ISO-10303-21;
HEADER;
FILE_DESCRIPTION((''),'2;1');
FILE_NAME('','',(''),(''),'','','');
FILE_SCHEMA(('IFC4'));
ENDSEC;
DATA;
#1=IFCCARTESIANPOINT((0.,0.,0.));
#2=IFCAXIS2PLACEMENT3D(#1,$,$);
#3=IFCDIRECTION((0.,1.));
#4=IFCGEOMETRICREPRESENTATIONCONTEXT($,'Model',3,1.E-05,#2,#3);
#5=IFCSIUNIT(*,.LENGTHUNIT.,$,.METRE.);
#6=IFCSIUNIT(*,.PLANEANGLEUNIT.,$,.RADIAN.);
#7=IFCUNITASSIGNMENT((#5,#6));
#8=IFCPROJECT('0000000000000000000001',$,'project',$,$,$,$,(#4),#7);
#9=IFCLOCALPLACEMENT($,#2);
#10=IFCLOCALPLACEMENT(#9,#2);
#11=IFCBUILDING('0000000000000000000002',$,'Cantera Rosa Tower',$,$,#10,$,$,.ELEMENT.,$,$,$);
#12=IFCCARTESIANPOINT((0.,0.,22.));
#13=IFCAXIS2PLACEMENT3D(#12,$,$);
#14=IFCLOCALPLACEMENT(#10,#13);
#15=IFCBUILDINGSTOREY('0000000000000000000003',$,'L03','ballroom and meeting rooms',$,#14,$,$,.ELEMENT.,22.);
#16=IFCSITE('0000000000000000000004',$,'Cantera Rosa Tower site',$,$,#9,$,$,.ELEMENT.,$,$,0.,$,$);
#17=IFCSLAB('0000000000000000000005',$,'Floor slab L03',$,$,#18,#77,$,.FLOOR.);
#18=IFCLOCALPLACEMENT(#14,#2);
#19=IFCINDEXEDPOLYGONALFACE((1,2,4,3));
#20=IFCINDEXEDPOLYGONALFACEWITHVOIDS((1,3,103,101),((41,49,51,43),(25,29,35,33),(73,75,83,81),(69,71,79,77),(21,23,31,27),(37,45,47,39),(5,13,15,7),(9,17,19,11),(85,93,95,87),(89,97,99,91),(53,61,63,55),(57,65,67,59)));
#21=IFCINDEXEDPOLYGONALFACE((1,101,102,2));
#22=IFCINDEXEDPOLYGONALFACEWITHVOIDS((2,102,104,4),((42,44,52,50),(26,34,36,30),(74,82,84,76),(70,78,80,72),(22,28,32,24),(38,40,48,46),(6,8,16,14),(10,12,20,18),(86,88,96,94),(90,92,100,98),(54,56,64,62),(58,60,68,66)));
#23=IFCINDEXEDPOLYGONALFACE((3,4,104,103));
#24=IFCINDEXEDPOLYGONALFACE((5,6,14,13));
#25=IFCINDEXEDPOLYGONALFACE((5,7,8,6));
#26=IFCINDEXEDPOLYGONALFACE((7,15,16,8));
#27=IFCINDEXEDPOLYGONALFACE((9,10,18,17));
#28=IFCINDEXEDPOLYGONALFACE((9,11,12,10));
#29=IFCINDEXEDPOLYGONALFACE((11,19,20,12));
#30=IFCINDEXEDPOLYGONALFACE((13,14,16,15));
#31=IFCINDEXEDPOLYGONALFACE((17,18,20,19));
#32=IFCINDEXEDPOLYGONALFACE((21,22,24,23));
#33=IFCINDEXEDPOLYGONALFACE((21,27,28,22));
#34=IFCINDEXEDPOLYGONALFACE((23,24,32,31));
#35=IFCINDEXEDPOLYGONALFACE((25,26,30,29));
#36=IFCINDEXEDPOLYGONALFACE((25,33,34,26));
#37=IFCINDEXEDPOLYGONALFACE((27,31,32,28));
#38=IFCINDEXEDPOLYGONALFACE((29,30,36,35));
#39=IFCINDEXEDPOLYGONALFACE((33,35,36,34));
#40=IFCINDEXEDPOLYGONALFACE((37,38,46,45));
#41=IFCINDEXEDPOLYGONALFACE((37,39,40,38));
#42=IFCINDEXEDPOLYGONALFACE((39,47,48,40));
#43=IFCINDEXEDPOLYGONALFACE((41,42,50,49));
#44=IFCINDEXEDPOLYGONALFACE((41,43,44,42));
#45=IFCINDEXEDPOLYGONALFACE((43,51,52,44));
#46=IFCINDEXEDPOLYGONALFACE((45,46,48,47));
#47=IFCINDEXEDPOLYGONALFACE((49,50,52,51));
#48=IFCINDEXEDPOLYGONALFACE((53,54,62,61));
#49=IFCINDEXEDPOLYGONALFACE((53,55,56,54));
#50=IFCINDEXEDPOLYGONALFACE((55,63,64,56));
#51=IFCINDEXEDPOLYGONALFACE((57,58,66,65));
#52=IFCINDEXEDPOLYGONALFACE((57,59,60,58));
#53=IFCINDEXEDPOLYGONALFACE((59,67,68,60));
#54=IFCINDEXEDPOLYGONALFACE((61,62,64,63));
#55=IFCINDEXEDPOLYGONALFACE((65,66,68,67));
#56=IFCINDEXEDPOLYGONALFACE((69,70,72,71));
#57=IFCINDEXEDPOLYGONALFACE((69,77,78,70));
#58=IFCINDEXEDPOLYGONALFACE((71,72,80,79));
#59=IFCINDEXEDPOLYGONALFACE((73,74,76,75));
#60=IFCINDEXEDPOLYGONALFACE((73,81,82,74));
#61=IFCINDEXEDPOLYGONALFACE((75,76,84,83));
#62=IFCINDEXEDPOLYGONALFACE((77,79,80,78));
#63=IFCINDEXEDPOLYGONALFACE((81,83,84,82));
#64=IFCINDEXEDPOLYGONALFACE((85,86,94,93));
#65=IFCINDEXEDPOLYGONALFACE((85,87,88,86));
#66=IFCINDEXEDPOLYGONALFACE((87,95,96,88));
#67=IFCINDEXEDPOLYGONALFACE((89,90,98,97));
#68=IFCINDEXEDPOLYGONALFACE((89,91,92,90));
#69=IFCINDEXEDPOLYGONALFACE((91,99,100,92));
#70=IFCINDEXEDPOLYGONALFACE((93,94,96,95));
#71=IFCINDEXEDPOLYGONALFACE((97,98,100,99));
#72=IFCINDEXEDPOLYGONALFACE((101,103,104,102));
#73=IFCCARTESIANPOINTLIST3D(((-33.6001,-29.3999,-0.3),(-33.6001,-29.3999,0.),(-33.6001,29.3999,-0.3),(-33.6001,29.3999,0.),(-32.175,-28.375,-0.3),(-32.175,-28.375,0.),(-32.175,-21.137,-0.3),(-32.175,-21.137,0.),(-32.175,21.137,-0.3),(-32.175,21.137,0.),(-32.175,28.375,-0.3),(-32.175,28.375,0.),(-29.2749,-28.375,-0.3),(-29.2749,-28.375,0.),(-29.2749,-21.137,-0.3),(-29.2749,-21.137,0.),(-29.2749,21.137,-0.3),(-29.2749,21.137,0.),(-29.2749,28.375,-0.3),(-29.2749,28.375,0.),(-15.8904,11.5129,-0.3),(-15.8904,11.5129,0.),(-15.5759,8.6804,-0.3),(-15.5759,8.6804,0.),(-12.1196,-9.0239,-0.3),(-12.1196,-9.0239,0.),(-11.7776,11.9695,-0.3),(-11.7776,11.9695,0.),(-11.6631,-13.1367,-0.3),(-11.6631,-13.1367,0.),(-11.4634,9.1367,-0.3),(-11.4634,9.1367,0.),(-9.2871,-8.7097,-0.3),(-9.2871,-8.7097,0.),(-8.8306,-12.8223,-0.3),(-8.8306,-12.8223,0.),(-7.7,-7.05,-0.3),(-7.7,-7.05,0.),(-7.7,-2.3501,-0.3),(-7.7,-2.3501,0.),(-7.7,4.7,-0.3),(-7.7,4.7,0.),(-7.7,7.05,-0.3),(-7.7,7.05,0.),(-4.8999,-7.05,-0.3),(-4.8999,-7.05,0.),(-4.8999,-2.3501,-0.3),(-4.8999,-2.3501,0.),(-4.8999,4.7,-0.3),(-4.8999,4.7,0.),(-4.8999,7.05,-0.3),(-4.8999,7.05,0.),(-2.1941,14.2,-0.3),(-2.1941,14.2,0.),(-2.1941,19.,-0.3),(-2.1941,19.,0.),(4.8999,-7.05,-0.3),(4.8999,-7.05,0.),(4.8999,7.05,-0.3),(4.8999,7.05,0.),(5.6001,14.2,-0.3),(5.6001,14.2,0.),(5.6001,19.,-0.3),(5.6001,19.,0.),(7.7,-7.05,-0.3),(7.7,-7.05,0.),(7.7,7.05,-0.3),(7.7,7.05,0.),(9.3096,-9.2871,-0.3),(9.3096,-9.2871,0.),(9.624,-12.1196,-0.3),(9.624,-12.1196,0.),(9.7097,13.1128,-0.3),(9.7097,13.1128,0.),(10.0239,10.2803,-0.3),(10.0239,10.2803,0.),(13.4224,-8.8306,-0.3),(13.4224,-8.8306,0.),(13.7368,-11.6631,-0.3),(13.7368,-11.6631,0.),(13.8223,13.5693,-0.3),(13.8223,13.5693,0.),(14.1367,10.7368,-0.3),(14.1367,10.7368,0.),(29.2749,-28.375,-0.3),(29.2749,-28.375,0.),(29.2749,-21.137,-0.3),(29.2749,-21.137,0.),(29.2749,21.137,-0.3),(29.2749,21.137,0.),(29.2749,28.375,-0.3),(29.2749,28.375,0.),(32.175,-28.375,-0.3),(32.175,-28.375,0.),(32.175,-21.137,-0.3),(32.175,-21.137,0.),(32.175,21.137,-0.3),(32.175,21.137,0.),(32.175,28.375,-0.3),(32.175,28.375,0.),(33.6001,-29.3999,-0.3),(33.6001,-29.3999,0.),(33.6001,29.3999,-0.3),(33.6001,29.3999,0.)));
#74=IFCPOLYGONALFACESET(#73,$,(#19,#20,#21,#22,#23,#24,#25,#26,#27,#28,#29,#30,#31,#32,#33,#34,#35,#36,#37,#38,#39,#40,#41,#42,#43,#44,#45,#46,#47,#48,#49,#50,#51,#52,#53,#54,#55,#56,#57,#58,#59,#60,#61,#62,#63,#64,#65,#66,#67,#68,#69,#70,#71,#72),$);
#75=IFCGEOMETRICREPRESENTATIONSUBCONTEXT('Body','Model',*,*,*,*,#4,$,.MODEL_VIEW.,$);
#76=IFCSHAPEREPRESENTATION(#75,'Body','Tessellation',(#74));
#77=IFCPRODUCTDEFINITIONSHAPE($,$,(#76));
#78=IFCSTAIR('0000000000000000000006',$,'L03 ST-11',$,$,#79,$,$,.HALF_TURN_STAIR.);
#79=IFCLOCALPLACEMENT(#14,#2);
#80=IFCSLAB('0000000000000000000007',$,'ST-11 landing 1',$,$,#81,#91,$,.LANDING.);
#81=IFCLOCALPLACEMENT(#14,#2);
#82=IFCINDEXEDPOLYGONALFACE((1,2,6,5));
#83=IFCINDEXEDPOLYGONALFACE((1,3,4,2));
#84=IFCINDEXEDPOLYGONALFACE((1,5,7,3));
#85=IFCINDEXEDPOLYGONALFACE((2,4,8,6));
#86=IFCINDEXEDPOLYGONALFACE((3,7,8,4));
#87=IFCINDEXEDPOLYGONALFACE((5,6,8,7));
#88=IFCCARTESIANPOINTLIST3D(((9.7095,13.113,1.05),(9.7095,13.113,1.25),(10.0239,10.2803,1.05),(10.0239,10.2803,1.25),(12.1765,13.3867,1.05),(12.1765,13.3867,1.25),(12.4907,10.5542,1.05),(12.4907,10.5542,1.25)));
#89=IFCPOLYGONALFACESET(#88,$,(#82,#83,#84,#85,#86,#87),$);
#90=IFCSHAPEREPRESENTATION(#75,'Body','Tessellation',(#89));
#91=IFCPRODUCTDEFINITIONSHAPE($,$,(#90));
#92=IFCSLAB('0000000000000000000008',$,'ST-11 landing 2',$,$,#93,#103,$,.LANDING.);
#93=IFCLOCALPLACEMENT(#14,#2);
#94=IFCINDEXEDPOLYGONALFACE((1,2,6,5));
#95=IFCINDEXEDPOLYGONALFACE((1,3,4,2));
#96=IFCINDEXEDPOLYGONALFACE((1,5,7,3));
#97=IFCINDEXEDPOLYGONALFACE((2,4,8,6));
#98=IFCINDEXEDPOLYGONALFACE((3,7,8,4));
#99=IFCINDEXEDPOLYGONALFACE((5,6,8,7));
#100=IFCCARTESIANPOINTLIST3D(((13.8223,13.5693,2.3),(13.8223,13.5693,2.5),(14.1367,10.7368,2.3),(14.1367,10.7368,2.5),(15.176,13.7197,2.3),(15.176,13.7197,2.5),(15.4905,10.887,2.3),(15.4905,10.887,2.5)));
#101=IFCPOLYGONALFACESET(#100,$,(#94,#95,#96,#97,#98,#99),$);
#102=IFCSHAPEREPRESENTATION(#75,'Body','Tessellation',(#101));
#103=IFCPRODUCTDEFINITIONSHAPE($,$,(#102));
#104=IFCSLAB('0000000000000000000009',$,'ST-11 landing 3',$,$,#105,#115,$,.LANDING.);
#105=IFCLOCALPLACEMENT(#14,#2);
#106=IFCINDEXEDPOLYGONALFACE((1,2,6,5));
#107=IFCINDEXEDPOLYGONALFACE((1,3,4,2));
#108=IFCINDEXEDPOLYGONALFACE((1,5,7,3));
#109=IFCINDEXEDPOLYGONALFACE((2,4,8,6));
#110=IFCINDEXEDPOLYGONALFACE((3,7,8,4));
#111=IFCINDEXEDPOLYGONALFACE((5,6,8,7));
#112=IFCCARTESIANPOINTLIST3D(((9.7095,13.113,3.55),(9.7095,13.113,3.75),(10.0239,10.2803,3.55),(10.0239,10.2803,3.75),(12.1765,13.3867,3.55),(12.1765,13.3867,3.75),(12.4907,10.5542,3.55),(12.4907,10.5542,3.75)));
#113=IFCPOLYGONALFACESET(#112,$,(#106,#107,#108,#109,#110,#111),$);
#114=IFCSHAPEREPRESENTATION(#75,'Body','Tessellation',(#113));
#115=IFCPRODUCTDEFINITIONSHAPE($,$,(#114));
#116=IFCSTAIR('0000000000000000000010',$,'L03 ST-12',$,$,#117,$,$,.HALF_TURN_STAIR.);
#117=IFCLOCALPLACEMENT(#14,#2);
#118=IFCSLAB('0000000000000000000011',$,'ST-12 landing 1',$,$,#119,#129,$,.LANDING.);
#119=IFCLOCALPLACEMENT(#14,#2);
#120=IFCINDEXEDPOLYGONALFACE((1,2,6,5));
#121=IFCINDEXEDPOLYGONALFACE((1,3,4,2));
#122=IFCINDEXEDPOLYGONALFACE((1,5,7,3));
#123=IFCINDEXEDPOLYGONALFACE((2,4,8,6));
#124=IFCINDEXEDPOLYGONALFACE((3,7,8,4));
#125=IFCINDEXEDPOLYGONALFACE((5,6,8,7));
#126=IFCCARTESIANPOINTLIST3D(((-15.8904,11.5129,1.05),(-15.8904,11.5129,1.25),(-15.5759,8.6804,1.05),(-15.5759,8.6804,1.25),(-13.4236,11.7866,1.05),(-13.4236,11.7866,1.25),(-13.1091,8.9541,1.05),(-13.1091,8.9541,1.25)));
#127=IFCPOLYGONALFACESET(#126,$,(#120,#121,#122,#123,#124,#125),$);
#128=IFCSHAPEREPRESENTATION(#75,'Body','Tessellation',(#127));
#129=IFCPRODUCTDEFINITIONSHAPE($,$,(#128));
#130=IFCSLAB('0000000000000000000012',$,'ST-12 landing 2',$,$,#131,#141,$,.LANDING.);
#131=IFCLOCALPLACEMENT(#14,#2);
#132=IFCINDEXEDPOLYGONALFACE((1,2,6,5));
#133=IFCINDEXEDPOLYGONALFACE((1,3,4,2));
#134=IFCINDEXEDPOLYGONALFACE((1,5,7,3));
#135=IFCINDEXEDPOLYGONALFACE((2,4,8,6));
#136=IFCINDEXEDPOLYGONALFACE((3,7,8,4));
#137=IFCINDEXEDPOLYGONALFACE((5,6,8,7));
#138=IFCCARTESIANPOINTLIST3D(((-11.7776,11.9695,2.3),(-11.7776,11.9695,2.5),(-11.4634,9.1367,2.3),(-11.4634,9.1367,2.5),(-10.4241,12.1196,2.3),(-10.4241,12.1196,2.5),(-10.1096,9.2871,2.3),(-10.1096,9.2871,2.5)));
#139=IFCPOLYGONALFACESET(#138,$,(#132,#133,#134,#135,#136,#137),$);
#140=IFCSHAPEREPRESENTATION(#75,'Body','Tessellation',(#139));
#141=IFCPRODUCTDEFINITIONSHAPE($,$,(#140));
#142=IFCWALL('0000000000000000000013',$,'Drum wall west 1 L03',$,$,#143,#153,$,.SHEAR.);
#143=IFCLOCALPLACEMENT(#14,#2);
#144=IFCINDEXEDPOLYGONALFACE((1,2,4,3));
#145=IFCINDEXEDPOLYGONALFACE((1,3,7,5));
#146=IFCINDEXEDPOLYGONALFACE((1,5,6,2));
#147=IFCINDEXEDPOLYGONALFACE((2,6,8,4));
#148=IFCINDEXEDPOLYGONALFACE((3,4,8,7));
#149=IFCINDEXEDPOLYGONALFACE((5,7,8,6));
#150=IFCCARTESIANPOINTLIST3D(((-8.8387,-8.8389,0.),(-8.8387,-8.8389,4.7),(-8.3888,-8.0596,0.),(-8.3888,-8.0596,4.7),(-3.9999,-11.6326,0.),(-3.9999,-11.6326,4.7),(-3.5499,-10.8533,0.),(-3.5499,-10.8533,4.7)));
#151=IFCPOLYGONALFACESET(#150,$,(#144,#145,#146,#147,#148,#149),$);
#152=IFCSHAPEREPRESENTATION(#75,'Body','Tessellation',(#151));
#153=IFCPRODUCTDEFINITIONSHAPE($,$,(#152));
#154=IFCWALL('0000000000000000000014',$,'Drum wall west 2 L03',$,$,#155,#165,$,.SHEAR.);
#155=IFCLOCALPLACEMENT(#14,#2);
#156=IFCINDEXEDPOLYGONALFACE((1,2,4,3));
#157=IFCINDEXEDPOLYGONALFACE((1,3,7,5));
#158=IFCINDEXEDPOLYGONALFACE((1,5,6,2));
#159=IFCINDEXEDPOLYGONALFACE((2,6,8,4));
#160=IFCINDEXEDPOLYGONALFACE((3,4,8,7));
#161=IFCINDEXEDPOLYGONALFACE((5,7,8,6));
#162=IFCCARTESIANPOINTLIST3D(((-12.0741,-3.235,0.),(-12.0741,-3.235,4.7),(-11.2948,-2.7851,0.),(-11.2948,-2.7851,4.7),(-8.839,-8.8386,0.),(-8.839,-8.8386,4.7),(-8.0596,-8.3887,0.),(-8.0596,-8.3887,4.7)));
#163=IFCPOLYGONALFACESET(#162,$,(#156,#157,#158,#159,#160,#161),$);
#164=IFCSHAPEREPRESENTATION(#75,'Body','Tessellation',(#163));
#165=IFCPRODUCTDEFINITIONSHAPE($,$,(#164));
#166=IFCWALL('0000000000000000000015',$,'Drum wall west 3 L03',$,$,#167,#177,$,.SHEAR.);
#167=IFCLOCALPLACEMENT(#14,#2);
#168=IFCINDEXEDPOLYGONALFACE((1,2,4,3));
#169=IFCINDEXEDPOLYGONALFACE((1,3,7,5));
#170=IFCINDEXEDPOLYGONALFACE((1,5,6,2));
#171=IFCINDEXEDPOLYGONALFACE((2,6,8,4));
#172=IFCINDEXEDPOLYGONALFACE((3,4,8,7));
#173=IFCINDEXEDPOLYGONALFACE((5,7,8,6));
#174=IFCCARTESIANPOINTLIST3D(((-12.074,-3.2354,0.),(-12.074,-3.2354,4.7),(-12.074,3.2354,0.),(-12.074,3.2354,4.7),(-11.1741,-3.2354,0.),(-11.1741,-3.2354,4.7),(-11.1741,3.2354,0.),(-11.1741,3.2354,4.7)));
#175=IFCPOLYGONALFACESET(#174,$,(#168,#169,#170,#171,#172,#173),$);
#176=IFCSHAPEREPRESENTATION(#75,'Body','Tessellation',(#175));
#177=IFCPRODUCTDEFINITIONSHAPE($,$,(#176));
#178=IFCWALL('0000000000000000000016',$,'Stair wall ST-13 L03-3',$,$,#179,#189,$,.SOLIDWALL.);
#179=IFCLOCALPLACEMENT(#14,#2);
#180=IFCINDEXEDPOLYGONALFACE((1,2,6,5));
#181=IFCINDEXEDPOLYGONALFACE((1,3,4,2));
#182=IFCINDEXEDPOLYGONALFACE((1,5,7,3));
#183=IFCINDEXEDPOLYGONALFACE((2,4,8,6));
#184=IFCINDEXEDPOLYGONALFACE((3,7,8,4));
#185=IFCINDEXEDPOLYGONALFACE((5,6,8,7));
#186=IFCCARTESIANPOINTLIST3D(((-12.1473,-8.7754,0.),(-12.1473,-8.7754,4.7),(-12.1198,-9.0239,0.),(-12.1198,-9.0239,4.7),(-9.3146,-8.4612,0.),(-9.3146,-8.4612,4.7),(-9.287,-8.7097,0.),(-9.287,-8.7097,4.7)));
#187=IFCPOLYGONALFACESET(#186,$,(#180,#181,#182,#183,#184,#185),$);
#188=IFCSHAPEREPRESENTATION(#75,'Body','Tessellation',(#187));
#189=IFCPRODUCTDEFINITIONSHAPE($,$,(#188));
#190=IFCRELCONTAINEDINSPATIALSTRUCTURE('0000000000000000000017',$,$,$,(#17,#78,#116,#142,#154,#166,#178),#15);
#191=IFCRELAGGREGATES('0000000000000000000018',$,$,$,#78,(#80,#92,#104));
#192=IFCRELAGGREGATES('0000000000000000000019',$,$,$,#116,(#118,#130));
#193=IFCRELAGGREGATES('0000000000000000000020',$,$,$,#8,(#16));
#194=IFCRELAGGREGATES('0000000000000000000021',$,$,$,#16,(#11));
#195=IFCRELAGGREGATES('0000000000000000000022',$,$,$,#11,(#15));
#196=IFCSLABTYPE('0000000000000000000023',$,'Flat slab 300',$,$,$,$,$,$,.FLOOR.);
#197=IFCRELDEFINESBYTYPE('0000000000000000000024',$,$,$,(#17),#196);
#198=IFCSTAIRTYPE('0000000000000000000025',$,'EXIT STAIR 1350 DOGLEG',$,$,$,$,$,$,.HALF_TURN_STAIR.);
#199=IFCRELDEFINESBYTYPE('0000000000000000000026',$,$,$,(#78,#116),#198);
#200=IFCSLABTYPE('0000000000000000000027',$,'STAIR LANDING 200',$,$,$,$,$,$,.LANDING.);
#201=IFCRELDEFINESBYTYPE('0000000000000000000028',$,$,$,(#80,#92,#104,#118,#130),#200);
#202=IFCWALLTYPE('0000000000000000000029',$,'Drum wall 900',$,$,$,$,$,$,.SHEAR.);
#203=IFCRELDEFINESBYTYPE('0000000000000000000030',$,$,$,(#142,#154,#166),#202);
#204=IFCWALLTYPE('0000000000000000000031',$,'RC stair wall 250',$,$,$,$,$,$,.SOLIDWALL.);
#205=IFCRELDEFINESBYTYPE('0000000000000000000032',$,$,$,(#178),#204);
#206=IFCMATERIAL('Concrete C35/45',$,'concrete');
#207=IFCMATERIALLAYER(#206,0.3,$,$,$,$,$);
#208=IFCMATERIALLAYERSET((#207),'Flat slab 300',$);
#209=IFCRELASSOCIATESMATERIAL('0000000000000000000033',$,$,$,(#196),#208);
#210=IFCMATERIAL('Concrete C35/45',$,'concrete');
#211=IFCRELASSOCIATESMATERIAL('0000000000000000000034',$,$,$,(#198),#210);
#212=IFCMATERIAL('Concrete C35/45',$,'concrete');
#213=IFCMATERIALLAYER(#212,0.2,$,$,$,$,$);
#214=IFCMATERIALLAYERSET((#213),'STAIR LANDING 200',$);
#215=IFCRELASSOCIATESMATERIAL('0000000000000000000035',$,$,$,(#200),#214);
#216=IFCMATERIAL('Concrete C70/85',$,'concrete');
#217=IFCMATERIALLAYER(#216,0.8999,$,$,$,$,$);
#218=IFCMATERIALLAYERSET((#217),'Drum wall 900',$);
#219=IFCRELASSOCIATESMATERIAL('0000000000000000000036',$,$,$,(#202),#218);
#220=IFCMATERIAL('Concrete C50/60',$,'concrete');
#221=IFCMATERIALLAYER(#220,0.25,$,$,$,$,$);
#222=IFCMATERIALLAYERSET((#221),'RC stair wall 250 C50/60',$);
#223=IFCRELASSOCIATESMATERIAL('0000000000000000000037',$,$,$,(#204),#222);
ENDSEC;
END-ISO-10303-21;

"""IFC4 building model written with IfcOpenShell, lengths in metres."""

from ifc_helpers import new_model, si_unit, direction, frame, frame_2d, origin, place, context, subcontext, project, spatial, polyline, rectangle, outline, extrude, material, layer, layer_set, type_object, element, aggregate, save


model = new_model("IFC4")

# Units and contexts
model_context = context("Model", 3, precision=1e-05, world=origin(), true_north=direction((0.0, 1.0)))
body_context = subcontext(model_context, "Body", "Model", "MODEL_VIEW")
ifc_project = project(units=[si_unit("LENGTHUNIT", "METRE"), si_unit("PLANEANGLEUNIT", "RADIAN")], contexts=[model_context])

# Site, building, storey
site_placement = place(None, origin())
site = spatial("IfcSite", under=ifc_project, at=site_placement, Name="Cantera Rosa Tower site", CompositionType="ELEMENT", RefElevation=0.0)
building_placement = place(site_placement, origin())
building = spatial("IfcBuilding", under=site, at=building_placement, Name="Cantera Rosa Tower", CompositionType="ELEMENT")
storey_placement = place(building_placement, frame((0.0, 0.0, 22.0)))
storey = spatial("IfcBuildingStorey", under=building, at=storey_placement, Name="L03", Description="ballroom and meeting rooms", CompositionType="ELEMENT", Elevation=22.0)

# Slab
ifc_material_1 = material(Name="Concrete C35/45", Category="concrete")
ifc_layer_1 = layer(ifc_material_1, 0.3)
ifc_layer_set_1 = layer_set([ifc_layer_1], Name="Flat slab 300")
slab_type_1 = type_object("IfcSlabType", Name="Flat slab 300", PredefinedType="FLOOR", material=ifc_layer_set_1)
slab_1_placement = place(storey_placement, frame((0.0, 0.0, -0.3)))
element("IfcSlab", 1, at=slab_1_placement, inside=storey, type_object=slab_type_1, Name="Floor slab L03", PredefinedType="FLOOR", context=body_context, shape_type="SweptSolid", body=[
    extrude(outline(polyline([(-33.6001, -29.3999), (33.6001, -29.3999), (33.6001, 29.3999), (-33.6001, 29.3999), (-33.6001, -29.3999)]), holes=[polyline([(29.2749, -28.375), (32.175, -28.375), (32.175, -21.137), (29.2749, -21.137), (29.2749, -28.375)]), polyline([(32.175, 21.137), (32.175, 28.375), (29.2749, 28.375), (29.2749, 21.137), (32.175, 21.137)]), polyline([(13.8223, 13.5693), (9.7097, 13.1128), (10.0239, 10.2803), (14.1367, 10.7368), (13.8223, 13.5693)]), polyline([(9.3096, -9.2871), (9.624, -12.1196), (13.7368, -11.6631), (13.4224, -8.8306), (9.3096, -9.2871)]), polyline([(4.8999, -7.05), (7.7, -7.05), (7.7, 7.05), (4.8999, 7.05), (4.8999, -7.05)]), polyline([(5.6001, 14.2), (5.6001, 19.0), (-2.1941, 19.0), (-2.1941, 14.2), (5.6001, 14.2)]), polyline([(-7.7, -7.05), (-4.8999, -7.05), (-4.8999, -2.3501), (-7.7, -2.3501), (-7.7, -7.05)]), polyline([(-4.8999, 7.05), (-7.7, 7.05), (-7.7, 4.7), (-4.8999, 4.7), (-4.8999, 7.05)]), polyline([(-9.2871, -8.7097), (-12.1196, -9.0239), (-11.6631, -13.1367), (-8.8306, -12.8223), (-9.2871, -8.7097)]), polyline([(-15.8904, 11.5129), (-15.5759, 8.6804), (-11.4634, 9.1367), (-11.7776, 11.9695), (-15.8904, 11.5129)]), polyline([(-32.175, -28.375), (-29.2749, -28.375), (-29.2749, -21.137), (-32.175, -21.137), (-32.175, -28.375)]), polyline([(-29.2749, 21.137), (-29.2749, 28.375), (-32.175, 28.375), (-32.175, 21.137), (-29.2749, 21.137)])]), origin(), (0.0, 0.0, 1.0), 0.3),
])

# Stairs, slabs
ifc_material_2 = material(Name="Concrete C35/45", Category="concrete")
stair_type = type_object("IfcStairType", Name="EXIT STAIR 1350 DOGLEG", PredefinedType="HALF_TURN_STAIR", material=ifc_material_2)
stair_1_placement = place(storey_placement, origin())
stair_1 = element("IfcStair", 2, at=stair_1_placement, inside=storey, type_object=stair_type, Name="L03 ST-11", PredefinedType="HALF_TURN_STAIR")
ifc_material_3 = material(Name="Concrete C35/45", Category="concrete")
ifc_layer_2 = layer(ifc_material_3, 0.2)
ifc_layer_set_2 = layer_set([ifc_layer_2], Name="STAIR LANDING 200")
slab_type_2 = type_object("IfcSlabType", Name="STAIR LANDING 200", PredefinedType="LANDING", material=ifc_layer_set_2)
slab_2_placement = place(storey_placement, frame((0.0, 0.0, 1.05)))
slab_2 = element("IfcSlab", 3, at=slab_2_placement, type_object=slab_type_2, Name="ST-11 landing 1", PredefinedType="LANDING", context=body_context, shape_type="SweptSolid", body=[
    extrude(outline(polyline([(12.1765, 13.3867), (9.7095, 13.113), (10.0239, 10.2803), (12.4907, 10.5542), (12.1765, 13.3867)])), origin(), (0.0, 0.0, 1.0), 0.2),
])
slab_3_placement = place(storey_placement, frame((0.0, 0.0, 2.3)))
slab_3 = element("IfcSlab", 4, at=slab_3_placement, type_object=slab_type_2, Name="ST-11 landing 2", PredefinedType="LANDING", context=body_context, shape_type="SweptSolid", body=[
    extrude(outline(polyline([(15.176, 13.7197), (13.8223, 13.5693), (14.1367, 10.7368), (15.4905, 10.887), (15.176, 13.7197)])), origin(), (0.0, 0.0, 1.0), 0.2),
])
slab_4_placement = place(storey_placement, frame((0.0, 0.0, 3.55)))
slab_4 = element("IfcSlab", 5, at=slab_4_placement, type_object=slab_type_2, Name="ST-11 landing 3", PredefinedType="LANDING", context=body_context, shape_type="SweptSolid", body=[
    extrude(outline(polyline([(12.1765, 13.3867), (9.7095, 13.113), (10.0239, 10.2803), (12.4907, 10.5542), (12.1765, 13.3867)])), origin(), (0.0, 0.0, 1.0), 0.2),
])
aggregate(stair_1, [slab_2, slab_3, slab_4])
stair_2_placement = place(storey_placement, origin())
stair_2 = element("IfcStair", 6, at=stair_2_placement, inside=storey, type_object=stair_type, Name="L03 ST-12", PredefinedType="HALF_TURN_STAIR")
slab_5_placement = place(storey_placement, frame((0.0, 0.0, 1.05)))
slab_5 = element("IfcSlab", 7, at=slab_5_placement, type_object=slab_type_2, Name="ST-12 landing 1", PredefinedType="LANDING", context=body_context, shape_type="SweptSolid", body=[
    extrude(outline(polyline([(-13.4236, 11.7866), (-15.8904, 11.5129), (-15.5759, 8.6804), (-13.1091, 8.9541), (-13.4236, 11.7866)])), origin(), (0.0, 0.0, 1.0), 0.2),
])
slab_6_placement = place(storey_placement, frame((0.0, 0.0, 2.3)))
slab_6 = element("IfcSlab", 8, at=slab_6_placement, type_object=slab_type_2, Name="ST-12 landing 2", PredefinedType="LANDING", context=body_context, shape_type="SweptSolid", body=[
    extrude(outline(polyline([(-10.4241, 12.1196), (-11.7776, 11.9695), (-11.4634, 9.1367), (-10.1096, 9.2871), (-10.4241, 12.1196)])), origin(), (0.0, 0.0, 1.0), 0.2),
])
aggregate(stair_2, [slab_5, slab_6])

# Walls
ifc_material_4 = material(Name="Concrete C70/85", Category="concrete")
ifc_layer_3 = layer(ifc_material_4, 0.8999)
ifc_layer_set_3 = layer_set([ifc_layer_3], Name="Drum wall 900")
wall_type_1 = type_object("IfcWallType", Name="Drum wall 900", PredefinedType="SHEAR", material=ifc_layer_set_3)
wall_1_placement = place(storey_placement, frame((-3.7749, -11.2429, 0.0), z_axis=(0.0, 0.0, 1.0), x_axis=(-0.866027, 0.499997, 0.0)))
element("IfcWall", 9, at=wall_1_placement, inside=storey, type_object=wall_type_1, Name="Drum wall west 1 L03", PredefinedType="SHEAR", context=body_context, shape_type="SweptSolid", body=[
    extrude(rectangle(XDim=5.5874, YDim=0.8999, at=frame_2d((2.7937, 0.0))), origin(), (0.0, 0.0, 1.0), 4.7),
])
wall_2_placement = place(storey_placement, frame((-8.4492, -8.6138, 0.0), z_axis=(0.0, 0.0, 1.0), x_axis=(-0.49999, 0.866031, 0.0)))
element("IfcWall", 10, at=wall_2_placement, inside=storey, type_object=wall_type_1, Name="Drum wall west 2 L03", PredefinedType="SHEAR", context=body_context, shape_type="SweptSolid", body=[
    extrude(rectangle(XDim=6.4705, YDim=0.8999, at=frame_2d((3.2354, 0.0))), origin(), (0.0, 0.0, 1.0), 4.7),
])
wall_3_placement = place(storey_placement, frame((-11.624, -3.2354, 0.0), z_axis=(0.0, 0.0, 1.0), x_axis=(0.0, 1.0, 0.0)))
element("IfcWall", 11, at=wall_3_placement, inside=storey, type_object=wall_type_1, Name="Drum wall west 3 L03", PredefinedType="SHEAR", context=body_context, shape_type="SweptSolid", body=[
    extrude(rectangle(XDim=6.4707, YDim=0.8999, at=frame_2d((3.2354, 0.0))), origin(), (0.0, 0.0, 1.0), 4.7),
])
ifc_material_5 = material(Name="Concrete C50/60", Category="concrete")
ifc_layer_4 = layer(ifc_material_5, 0.25)
ifc_layer_set_4 = layer_set([ifc_layer_4], Name="RC stair wall 250 C50/60")
wall_type_2 = type_object("IfcWallType", Name="RC stair wall 250", PredefinedType="SOLIDWALL", material=ifc_layer_set_4)
wall_4_placement = place(storey_placement, frame((-12.1335, -8.8997, 0.0), z_axis=(0.0, 0.0, 1.0), x_axis=(0.993905, 0.110243, 0.0)))
element("IfcWall", 12, at=wall_4_placement, inside=storey, type_object=wall_type_2, Name="Stair wall ST-13 L03-3", PredefinedType="SOLIDWALL", context=body_context, shape_type="SweptSolid", body=[
    extrude(rectangle(XDim=2.8501, YDim=0.25, at=frame_2d((1.425, 0.0))), origin(), (0.0, 0.0, 1.0), 4.7),
])

save(model, "model.ifc")
